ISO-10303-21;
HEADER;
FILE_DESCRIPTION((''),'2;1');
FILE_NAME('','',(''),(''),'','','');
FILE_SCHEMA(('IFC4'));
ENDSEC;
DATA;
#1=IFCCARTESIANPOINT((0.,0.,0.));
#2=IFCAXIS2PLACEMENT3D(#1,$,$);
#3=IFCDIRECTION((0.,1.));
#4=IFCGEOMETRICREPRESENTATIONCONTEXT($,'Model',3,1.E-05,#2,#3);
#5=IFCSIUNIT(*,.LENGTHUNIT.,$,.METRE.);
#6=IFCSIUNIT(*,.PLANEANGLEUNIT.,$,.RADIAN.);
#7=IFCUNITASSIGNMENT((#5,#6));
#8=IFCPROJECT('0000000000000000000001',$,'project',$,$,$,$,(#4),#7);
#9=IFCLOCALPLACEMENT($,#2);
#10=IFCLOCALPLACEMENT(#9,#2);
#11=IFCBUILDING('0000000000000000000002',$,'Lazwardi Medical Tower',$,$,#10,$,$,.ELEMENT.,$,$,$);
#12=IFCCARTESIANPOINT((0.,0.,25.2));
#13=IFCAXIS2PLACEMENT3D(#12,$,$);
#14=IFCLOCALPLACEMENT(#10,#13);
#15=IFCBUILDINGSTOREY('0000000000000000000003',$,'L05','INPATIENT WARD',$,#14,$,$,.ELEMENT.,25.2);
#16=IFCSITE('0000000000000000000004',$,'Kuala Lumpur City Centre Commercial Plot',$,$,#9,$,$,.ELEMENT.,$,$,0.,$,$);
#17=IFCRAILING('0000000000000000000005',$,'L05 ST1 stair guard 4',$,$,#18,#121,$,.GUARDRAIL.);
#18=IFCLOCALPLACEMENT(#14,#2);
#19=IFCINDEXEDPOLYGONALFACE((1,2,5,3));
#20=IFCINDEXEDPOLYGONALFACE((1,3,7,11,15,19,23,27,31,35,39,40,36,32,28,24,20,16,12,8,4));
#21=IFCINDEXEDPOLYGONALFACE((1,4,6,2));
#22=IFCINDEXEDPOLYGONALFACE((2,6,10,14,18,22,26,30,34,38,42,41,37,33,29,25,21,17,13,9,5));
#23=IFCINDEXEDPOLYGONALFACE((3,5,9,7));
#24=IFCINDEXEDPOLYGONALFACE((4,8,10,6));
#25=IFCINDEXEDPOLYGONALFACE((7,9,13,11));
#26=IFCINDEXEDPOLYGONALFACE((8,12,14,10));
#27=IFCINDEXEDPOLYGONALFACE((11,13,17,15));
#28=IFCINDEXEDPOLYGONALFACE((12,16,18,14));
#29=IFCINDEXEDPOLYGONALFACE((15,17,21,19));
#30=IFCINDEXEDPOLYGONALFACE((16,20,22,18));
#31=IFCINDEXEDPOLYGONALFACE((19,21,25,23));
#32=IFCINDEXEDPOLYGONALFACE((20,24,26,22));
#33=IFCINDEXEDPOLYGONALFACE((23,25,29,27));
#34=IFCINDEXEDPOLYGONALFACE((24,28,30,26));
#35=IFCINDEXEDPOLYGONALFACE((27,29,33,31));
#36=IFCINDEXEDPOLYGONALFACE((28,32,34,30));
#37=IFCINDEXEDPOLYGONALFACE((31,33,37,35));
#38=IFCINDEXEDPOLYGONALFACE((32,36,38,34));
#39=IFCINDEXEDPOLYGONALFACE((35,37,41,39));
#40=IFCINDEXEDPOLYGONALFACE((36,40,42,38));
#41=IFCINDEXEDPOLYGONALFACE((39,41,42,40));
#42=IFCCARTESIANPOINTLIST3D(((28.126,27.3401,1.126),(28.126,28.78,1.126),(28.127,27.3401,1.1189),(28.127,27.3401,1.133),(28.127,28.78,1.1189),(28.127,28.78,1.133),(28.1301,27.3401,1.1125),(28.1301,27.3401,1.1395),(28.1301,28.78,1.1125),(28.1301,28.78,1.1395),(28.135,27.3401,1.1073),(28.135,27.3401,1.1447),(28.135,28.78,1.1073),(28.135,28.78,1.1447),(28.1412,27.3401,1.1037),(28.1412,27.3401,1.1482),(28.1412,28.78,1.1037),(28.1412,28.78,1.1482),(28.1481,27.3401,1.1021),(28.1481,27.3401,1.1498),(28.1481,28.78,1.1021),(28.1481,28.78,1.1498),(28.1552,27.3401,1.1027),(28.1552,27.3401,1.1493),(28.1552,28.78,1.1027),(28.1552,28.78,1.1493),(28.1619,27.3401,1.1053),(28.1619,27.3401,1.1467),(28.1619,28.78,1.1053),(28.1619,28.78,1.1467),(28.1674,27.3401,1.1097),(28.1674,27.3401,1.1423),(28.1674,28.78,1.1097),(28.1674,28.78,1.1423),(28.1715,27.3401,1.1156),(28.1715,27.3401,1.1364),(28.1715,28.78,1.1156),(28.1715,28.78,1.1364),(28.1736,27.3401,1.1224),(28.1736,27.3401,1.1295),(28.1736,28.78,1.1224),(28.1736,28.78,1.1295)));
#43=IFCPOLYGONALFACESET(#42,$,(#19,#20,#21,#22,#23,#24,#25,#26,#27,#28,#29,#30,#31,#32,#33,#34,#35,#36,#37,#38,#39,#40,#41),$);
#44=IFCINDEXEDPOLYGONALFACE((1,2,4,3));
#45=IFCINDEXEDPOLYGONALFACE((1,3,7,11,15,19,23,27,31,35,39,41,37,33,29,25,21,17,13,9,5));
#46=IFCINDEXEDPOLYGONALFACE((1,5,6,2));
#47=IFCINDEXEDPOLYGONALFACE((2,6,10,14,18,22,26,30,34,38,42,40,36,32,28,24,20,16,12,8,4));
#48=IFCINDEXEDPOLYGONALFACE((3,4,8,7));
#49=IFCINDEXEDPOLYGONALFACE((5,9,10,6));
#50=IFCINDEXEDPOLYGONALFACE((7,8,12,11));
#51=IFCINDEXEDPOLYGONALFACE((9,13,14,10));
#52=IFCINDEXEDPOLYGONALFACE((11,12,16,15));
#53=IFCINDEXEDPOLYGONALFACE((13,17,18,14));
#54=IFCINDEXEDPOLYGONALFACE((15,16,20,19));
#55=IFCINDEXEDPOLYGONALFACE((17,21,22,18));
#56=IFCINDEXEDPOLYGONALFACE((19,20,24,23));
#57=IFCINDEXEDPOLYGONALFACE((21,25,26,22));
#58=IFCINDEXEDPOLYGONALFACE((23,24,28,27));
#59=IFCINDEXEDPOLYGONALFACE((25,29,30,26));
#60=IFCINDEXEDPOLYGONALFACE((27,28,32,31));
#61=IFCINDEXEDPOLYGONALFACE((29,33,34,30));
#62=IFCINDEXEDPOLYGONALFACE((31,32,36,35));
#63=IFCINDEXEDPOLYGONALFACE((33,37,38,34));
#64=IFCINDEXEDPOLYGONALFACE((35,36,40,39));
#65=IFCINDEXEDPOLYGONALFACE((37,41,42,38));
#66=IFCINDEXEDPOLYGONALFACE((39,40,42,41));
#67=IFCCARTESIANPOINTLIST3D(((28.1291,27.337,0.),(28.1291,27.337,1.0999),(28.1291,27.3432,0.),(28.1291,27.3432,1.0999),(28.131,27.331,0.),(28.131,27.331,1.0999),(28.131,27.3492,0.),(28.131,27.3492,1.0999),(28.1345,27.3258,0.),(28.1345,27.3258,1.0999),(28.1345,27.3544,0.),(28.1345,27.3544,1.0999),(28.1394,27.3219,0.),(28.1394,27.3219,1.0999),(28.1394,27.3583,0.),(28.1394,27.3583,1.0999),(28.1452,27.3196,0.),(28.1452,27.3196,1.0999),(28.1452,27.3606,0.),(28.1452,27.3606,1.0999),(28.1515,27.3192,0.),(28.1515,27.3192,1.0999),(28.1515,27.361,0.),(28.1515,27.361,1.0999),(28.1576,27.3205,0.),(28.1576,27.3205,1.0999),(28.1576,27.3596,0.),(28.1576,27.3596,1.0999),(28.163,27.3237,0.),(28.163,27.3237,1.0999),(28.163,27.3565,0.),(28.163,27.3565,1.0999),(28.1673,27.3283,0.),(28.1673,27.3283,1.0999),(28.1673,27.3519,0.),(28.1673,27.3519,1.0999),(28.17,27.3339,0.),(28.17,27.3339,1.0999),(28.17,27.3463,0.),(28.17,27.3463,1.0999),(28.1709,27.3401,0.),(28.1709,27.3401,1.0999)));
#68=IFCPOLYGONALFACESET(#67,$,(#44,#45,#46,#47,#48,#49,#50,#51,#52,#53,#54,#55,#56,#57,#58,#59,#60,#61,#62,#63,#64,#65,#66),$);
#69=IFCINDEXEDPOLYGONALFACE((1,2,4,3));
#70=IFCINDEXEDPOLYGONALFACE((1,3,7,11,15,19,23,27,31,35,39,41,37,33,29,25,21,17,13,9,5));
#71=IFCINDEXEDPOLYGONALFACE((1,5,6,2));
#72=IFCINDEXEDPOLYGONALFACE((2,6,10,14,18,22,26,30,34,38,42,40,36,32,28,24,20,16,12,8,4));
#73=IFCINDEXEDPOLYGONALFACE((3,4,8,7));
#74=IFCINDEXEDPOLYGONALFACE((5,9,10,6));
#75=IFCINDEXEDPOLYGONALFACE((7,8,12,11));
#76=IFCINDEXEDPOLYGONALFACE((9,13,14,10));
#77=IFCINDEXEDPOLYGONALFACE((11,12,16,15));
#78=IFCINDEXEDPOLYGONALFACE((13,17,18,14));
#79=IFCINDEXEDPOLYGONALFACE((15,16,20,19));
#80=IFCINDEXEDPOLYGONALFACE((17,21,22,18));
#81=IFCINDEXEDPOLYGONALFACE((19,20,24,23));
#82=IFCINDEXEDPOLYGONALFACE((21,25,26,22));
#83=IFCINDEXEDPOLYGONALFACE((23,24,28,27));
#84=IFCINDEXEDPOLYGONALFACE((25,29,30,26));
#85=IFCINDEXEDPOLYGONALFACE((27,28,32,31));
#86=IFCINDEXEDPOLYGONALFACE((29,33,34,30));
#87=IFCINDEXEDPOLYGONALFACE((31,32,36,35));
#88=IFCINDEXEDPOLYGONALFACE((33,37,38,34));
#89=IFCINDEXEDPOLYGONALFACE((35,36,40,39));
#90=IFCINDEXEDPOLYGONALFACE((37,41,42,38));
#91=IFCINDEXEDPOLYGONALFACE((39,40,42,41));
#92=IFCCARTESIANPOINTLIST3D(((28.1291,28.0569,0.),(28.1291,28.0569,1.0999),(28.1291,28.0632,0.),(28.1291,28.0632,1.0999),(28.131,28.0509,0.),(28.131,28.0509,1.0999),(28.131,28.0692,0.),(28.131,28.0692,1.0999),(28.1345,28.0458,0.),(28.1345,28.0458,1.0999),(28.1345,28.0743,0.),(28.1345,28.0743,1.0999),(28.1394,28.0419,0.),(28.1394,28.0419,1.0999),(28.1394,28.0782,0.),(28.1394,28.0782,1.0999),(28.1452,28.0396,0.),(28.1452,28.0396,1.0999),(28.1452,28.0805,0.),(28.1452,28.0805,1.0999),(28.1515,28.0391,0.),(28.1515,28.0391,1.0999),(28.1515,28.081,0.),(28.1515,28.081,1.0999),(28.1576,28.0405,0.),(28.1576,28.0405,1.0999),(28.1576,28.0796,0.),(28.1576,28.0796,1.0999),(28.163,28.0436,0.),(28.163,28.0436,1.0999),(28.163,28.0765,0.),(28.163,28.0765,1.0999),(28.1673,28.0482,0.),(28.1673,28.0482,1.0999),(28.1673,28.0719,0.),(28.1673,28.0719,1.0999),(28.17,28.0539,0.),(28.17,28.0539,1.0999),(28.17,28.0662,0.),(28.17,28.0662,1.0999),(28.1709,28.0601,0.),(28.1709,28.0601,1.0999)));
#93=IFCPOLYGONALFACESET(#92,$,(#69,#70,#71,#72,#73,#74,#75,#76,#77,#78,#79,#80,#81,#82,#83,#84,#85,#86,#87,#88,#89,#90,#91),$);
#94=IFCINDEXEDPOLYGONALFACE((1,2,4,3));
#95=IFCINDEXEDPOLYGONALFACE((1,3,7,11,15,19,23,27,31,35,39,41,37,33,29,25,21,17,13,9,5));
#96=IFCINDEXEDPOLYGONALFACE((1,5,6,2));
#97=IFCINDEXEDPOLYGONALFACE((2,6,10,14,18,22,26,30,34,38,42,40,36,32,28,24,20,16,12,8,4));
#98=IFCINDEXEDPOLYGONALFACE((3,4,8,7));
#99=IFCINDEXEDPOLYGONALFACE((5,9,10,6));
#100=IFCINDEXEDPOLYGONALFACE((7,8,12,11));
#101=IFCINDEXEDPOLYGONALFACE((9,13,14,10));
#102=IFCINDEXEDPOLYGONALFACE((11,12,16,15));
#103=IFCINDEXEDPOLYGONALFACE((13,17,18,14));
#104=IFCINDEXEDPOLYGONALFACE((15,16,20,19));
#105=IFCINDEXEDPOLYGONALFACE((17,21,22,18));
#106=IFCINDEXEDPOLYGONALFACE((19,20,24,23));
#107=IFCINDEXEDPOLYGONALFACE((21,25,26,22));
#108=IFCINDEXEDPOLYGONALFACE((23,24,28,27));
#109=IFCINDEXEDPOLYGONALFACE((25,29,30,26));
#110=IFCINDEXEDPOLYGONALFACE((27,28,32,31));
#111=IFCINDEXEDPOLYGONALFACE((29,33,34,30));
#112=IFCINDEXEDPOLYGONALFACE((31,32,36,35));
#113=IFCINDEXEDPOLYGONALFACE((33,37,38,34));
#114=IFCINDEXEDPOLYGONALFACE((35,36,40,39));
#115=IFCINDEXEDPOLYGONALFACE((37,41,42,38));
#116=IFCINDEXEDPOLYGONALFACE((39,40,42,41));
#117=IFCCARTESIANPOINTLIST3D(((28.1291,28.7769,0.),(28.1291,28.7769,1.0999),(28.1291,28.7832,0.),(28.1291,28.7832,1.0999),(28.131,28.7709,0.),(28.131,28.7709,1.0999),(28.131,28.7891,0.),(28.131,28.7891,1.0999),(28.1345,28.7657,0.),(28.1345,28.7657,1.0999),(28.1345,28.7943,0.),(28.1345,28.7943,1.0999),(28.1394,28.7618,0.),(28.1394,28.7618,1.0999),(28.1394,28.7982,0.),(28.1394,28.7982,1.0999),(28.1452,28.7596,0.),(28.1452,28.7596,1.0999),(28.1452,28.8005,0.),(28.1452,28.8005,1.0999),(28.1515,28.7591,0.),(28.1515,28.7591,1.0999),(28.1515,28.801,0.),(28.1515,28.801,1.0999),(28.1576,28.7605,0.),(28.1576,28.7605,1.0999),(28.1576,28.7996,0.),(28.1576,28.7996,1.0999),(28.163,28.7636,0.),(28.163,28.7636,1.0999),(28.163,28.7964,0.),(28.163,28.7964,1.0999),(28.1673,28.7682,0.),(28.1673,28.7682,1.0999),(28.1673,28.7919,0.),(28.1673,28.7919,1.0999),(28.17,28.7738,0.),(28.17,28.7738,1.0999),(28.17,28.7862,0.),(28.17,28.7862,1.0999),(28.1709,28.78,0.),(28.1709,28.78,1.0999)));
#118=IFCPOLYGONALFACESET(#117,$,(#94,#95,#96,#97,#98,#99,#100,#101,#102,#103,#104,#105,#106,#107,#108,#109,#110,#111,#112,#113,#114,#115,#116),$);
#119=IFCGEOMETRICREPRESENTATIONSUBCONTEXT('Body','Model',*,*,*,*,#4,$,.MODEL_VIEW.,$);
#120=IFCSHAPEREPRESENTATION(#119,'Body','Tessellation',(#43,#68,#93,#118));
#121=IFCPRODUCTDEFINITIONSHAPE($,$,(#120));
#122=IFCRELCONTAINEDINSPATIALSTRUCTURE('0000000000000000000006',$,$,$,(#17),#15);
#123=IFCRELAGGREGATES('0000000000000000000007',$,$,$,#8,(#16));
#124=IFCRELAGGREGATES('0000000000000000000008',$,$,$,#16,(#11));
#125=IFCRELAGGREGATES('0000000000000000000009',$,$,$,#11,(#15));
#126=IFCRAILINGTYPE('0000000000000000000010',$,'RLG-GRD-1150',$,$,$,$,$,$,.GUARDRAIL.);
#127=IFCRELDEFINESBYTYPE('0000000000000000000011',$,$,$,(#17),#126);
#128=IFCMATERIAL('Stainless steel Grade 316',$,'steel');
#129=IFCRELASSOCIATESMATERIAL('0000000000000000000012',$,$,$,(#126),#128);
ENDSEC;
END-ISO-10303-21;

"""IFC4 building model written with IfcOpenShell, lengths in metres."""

from ifc_helpers import new_model, si_unit, direction, frame, origin, origin_2d, place, context, subcontext, project, spatial, circle, extrude, material, type_object, element, save


model = new_model("IFC4")

# Units and contexts
model_context = context("Model", 3, precision=1e-05, world=origin(), true_north=direction((0.0, 1.0)))
body_context = subcontext(model_context, "Body", "Model", "MODEL_VIEW")
ifc_project = project(units=[si_unit("LENGTHUNIT", "METRE"), si_unit("PLANEANGLEUNIT", "RADIAN")], contexts=[model_context])

# Site, building, storey
site_placement = place(None, origin())
site = spatial("IfcSite", under=ifc_project, at=site_placement, Name="Kuala Lumpur City Centre Commercial Plot", CompositionType="ELEMENT", RefElevation=0.0)
building_placement = place(site_placement, origin())
building = spatial("IfcBuilding", under=site, at=building_placement, Name="Lazwardi Medical Tower", CompositionType="ELEMENT")
storey_placement = place(building_placement, frame((0.0, 0.0, 25.2)))
storey = spatial("IfcBuildingStorey", under=building, at=storey_placement, Name="L05", Description="INPATIENT WARD", CompositionType="ELEMENT", Elevation=25.2)

# Railing
ifc_material_1 = material(Name="Stainless steel Grade 316", Category="steel")
railing_type_1 = type_object("IfcRailingType", Name="RLG-GRD-1150", PredefinedType="GUARDRAIL", material=ifc_material_1)
railing_1_placement = place(storey_placement, frame((28.1499, 27.3401, 0.0)))
element("IfcRailing", 1, at=railing_1_placement, inside=storey, type_object=railing_type_1, Name="L05 ST1 stair guard 4", PredefinedType="GUARDRAIL", context=body_context, shape_type="SweptSolid", body=[
    extrude(circle(Radius=0.0239, at=origin_2d()), frame((0.0, 0.0, 1.126), z_axis=(0.0, 1.0, 0.0), x_axis=(-1.0, 0.0, 0.0)), (0.0, 0.0, 1.0), 1.4399),
    extrude(circle(Radius=0.021, at=origin_2d()), origin(), (0.0, 0.0, 1.0), 1.0999),
    extrude(circle(Radius=0.021, at=origin_2d()), frame((0.0, 0.72, 0.0)), (0.0, 0.0, 1.0), 1.0999),
    extrude(circle(Radius=0.021, at=origin_2d()), frame((0.0, 1.4399, 0.0)), (0.0, 0.0, 1.0), 1.0999),
])

save(model, "model.ifc")
